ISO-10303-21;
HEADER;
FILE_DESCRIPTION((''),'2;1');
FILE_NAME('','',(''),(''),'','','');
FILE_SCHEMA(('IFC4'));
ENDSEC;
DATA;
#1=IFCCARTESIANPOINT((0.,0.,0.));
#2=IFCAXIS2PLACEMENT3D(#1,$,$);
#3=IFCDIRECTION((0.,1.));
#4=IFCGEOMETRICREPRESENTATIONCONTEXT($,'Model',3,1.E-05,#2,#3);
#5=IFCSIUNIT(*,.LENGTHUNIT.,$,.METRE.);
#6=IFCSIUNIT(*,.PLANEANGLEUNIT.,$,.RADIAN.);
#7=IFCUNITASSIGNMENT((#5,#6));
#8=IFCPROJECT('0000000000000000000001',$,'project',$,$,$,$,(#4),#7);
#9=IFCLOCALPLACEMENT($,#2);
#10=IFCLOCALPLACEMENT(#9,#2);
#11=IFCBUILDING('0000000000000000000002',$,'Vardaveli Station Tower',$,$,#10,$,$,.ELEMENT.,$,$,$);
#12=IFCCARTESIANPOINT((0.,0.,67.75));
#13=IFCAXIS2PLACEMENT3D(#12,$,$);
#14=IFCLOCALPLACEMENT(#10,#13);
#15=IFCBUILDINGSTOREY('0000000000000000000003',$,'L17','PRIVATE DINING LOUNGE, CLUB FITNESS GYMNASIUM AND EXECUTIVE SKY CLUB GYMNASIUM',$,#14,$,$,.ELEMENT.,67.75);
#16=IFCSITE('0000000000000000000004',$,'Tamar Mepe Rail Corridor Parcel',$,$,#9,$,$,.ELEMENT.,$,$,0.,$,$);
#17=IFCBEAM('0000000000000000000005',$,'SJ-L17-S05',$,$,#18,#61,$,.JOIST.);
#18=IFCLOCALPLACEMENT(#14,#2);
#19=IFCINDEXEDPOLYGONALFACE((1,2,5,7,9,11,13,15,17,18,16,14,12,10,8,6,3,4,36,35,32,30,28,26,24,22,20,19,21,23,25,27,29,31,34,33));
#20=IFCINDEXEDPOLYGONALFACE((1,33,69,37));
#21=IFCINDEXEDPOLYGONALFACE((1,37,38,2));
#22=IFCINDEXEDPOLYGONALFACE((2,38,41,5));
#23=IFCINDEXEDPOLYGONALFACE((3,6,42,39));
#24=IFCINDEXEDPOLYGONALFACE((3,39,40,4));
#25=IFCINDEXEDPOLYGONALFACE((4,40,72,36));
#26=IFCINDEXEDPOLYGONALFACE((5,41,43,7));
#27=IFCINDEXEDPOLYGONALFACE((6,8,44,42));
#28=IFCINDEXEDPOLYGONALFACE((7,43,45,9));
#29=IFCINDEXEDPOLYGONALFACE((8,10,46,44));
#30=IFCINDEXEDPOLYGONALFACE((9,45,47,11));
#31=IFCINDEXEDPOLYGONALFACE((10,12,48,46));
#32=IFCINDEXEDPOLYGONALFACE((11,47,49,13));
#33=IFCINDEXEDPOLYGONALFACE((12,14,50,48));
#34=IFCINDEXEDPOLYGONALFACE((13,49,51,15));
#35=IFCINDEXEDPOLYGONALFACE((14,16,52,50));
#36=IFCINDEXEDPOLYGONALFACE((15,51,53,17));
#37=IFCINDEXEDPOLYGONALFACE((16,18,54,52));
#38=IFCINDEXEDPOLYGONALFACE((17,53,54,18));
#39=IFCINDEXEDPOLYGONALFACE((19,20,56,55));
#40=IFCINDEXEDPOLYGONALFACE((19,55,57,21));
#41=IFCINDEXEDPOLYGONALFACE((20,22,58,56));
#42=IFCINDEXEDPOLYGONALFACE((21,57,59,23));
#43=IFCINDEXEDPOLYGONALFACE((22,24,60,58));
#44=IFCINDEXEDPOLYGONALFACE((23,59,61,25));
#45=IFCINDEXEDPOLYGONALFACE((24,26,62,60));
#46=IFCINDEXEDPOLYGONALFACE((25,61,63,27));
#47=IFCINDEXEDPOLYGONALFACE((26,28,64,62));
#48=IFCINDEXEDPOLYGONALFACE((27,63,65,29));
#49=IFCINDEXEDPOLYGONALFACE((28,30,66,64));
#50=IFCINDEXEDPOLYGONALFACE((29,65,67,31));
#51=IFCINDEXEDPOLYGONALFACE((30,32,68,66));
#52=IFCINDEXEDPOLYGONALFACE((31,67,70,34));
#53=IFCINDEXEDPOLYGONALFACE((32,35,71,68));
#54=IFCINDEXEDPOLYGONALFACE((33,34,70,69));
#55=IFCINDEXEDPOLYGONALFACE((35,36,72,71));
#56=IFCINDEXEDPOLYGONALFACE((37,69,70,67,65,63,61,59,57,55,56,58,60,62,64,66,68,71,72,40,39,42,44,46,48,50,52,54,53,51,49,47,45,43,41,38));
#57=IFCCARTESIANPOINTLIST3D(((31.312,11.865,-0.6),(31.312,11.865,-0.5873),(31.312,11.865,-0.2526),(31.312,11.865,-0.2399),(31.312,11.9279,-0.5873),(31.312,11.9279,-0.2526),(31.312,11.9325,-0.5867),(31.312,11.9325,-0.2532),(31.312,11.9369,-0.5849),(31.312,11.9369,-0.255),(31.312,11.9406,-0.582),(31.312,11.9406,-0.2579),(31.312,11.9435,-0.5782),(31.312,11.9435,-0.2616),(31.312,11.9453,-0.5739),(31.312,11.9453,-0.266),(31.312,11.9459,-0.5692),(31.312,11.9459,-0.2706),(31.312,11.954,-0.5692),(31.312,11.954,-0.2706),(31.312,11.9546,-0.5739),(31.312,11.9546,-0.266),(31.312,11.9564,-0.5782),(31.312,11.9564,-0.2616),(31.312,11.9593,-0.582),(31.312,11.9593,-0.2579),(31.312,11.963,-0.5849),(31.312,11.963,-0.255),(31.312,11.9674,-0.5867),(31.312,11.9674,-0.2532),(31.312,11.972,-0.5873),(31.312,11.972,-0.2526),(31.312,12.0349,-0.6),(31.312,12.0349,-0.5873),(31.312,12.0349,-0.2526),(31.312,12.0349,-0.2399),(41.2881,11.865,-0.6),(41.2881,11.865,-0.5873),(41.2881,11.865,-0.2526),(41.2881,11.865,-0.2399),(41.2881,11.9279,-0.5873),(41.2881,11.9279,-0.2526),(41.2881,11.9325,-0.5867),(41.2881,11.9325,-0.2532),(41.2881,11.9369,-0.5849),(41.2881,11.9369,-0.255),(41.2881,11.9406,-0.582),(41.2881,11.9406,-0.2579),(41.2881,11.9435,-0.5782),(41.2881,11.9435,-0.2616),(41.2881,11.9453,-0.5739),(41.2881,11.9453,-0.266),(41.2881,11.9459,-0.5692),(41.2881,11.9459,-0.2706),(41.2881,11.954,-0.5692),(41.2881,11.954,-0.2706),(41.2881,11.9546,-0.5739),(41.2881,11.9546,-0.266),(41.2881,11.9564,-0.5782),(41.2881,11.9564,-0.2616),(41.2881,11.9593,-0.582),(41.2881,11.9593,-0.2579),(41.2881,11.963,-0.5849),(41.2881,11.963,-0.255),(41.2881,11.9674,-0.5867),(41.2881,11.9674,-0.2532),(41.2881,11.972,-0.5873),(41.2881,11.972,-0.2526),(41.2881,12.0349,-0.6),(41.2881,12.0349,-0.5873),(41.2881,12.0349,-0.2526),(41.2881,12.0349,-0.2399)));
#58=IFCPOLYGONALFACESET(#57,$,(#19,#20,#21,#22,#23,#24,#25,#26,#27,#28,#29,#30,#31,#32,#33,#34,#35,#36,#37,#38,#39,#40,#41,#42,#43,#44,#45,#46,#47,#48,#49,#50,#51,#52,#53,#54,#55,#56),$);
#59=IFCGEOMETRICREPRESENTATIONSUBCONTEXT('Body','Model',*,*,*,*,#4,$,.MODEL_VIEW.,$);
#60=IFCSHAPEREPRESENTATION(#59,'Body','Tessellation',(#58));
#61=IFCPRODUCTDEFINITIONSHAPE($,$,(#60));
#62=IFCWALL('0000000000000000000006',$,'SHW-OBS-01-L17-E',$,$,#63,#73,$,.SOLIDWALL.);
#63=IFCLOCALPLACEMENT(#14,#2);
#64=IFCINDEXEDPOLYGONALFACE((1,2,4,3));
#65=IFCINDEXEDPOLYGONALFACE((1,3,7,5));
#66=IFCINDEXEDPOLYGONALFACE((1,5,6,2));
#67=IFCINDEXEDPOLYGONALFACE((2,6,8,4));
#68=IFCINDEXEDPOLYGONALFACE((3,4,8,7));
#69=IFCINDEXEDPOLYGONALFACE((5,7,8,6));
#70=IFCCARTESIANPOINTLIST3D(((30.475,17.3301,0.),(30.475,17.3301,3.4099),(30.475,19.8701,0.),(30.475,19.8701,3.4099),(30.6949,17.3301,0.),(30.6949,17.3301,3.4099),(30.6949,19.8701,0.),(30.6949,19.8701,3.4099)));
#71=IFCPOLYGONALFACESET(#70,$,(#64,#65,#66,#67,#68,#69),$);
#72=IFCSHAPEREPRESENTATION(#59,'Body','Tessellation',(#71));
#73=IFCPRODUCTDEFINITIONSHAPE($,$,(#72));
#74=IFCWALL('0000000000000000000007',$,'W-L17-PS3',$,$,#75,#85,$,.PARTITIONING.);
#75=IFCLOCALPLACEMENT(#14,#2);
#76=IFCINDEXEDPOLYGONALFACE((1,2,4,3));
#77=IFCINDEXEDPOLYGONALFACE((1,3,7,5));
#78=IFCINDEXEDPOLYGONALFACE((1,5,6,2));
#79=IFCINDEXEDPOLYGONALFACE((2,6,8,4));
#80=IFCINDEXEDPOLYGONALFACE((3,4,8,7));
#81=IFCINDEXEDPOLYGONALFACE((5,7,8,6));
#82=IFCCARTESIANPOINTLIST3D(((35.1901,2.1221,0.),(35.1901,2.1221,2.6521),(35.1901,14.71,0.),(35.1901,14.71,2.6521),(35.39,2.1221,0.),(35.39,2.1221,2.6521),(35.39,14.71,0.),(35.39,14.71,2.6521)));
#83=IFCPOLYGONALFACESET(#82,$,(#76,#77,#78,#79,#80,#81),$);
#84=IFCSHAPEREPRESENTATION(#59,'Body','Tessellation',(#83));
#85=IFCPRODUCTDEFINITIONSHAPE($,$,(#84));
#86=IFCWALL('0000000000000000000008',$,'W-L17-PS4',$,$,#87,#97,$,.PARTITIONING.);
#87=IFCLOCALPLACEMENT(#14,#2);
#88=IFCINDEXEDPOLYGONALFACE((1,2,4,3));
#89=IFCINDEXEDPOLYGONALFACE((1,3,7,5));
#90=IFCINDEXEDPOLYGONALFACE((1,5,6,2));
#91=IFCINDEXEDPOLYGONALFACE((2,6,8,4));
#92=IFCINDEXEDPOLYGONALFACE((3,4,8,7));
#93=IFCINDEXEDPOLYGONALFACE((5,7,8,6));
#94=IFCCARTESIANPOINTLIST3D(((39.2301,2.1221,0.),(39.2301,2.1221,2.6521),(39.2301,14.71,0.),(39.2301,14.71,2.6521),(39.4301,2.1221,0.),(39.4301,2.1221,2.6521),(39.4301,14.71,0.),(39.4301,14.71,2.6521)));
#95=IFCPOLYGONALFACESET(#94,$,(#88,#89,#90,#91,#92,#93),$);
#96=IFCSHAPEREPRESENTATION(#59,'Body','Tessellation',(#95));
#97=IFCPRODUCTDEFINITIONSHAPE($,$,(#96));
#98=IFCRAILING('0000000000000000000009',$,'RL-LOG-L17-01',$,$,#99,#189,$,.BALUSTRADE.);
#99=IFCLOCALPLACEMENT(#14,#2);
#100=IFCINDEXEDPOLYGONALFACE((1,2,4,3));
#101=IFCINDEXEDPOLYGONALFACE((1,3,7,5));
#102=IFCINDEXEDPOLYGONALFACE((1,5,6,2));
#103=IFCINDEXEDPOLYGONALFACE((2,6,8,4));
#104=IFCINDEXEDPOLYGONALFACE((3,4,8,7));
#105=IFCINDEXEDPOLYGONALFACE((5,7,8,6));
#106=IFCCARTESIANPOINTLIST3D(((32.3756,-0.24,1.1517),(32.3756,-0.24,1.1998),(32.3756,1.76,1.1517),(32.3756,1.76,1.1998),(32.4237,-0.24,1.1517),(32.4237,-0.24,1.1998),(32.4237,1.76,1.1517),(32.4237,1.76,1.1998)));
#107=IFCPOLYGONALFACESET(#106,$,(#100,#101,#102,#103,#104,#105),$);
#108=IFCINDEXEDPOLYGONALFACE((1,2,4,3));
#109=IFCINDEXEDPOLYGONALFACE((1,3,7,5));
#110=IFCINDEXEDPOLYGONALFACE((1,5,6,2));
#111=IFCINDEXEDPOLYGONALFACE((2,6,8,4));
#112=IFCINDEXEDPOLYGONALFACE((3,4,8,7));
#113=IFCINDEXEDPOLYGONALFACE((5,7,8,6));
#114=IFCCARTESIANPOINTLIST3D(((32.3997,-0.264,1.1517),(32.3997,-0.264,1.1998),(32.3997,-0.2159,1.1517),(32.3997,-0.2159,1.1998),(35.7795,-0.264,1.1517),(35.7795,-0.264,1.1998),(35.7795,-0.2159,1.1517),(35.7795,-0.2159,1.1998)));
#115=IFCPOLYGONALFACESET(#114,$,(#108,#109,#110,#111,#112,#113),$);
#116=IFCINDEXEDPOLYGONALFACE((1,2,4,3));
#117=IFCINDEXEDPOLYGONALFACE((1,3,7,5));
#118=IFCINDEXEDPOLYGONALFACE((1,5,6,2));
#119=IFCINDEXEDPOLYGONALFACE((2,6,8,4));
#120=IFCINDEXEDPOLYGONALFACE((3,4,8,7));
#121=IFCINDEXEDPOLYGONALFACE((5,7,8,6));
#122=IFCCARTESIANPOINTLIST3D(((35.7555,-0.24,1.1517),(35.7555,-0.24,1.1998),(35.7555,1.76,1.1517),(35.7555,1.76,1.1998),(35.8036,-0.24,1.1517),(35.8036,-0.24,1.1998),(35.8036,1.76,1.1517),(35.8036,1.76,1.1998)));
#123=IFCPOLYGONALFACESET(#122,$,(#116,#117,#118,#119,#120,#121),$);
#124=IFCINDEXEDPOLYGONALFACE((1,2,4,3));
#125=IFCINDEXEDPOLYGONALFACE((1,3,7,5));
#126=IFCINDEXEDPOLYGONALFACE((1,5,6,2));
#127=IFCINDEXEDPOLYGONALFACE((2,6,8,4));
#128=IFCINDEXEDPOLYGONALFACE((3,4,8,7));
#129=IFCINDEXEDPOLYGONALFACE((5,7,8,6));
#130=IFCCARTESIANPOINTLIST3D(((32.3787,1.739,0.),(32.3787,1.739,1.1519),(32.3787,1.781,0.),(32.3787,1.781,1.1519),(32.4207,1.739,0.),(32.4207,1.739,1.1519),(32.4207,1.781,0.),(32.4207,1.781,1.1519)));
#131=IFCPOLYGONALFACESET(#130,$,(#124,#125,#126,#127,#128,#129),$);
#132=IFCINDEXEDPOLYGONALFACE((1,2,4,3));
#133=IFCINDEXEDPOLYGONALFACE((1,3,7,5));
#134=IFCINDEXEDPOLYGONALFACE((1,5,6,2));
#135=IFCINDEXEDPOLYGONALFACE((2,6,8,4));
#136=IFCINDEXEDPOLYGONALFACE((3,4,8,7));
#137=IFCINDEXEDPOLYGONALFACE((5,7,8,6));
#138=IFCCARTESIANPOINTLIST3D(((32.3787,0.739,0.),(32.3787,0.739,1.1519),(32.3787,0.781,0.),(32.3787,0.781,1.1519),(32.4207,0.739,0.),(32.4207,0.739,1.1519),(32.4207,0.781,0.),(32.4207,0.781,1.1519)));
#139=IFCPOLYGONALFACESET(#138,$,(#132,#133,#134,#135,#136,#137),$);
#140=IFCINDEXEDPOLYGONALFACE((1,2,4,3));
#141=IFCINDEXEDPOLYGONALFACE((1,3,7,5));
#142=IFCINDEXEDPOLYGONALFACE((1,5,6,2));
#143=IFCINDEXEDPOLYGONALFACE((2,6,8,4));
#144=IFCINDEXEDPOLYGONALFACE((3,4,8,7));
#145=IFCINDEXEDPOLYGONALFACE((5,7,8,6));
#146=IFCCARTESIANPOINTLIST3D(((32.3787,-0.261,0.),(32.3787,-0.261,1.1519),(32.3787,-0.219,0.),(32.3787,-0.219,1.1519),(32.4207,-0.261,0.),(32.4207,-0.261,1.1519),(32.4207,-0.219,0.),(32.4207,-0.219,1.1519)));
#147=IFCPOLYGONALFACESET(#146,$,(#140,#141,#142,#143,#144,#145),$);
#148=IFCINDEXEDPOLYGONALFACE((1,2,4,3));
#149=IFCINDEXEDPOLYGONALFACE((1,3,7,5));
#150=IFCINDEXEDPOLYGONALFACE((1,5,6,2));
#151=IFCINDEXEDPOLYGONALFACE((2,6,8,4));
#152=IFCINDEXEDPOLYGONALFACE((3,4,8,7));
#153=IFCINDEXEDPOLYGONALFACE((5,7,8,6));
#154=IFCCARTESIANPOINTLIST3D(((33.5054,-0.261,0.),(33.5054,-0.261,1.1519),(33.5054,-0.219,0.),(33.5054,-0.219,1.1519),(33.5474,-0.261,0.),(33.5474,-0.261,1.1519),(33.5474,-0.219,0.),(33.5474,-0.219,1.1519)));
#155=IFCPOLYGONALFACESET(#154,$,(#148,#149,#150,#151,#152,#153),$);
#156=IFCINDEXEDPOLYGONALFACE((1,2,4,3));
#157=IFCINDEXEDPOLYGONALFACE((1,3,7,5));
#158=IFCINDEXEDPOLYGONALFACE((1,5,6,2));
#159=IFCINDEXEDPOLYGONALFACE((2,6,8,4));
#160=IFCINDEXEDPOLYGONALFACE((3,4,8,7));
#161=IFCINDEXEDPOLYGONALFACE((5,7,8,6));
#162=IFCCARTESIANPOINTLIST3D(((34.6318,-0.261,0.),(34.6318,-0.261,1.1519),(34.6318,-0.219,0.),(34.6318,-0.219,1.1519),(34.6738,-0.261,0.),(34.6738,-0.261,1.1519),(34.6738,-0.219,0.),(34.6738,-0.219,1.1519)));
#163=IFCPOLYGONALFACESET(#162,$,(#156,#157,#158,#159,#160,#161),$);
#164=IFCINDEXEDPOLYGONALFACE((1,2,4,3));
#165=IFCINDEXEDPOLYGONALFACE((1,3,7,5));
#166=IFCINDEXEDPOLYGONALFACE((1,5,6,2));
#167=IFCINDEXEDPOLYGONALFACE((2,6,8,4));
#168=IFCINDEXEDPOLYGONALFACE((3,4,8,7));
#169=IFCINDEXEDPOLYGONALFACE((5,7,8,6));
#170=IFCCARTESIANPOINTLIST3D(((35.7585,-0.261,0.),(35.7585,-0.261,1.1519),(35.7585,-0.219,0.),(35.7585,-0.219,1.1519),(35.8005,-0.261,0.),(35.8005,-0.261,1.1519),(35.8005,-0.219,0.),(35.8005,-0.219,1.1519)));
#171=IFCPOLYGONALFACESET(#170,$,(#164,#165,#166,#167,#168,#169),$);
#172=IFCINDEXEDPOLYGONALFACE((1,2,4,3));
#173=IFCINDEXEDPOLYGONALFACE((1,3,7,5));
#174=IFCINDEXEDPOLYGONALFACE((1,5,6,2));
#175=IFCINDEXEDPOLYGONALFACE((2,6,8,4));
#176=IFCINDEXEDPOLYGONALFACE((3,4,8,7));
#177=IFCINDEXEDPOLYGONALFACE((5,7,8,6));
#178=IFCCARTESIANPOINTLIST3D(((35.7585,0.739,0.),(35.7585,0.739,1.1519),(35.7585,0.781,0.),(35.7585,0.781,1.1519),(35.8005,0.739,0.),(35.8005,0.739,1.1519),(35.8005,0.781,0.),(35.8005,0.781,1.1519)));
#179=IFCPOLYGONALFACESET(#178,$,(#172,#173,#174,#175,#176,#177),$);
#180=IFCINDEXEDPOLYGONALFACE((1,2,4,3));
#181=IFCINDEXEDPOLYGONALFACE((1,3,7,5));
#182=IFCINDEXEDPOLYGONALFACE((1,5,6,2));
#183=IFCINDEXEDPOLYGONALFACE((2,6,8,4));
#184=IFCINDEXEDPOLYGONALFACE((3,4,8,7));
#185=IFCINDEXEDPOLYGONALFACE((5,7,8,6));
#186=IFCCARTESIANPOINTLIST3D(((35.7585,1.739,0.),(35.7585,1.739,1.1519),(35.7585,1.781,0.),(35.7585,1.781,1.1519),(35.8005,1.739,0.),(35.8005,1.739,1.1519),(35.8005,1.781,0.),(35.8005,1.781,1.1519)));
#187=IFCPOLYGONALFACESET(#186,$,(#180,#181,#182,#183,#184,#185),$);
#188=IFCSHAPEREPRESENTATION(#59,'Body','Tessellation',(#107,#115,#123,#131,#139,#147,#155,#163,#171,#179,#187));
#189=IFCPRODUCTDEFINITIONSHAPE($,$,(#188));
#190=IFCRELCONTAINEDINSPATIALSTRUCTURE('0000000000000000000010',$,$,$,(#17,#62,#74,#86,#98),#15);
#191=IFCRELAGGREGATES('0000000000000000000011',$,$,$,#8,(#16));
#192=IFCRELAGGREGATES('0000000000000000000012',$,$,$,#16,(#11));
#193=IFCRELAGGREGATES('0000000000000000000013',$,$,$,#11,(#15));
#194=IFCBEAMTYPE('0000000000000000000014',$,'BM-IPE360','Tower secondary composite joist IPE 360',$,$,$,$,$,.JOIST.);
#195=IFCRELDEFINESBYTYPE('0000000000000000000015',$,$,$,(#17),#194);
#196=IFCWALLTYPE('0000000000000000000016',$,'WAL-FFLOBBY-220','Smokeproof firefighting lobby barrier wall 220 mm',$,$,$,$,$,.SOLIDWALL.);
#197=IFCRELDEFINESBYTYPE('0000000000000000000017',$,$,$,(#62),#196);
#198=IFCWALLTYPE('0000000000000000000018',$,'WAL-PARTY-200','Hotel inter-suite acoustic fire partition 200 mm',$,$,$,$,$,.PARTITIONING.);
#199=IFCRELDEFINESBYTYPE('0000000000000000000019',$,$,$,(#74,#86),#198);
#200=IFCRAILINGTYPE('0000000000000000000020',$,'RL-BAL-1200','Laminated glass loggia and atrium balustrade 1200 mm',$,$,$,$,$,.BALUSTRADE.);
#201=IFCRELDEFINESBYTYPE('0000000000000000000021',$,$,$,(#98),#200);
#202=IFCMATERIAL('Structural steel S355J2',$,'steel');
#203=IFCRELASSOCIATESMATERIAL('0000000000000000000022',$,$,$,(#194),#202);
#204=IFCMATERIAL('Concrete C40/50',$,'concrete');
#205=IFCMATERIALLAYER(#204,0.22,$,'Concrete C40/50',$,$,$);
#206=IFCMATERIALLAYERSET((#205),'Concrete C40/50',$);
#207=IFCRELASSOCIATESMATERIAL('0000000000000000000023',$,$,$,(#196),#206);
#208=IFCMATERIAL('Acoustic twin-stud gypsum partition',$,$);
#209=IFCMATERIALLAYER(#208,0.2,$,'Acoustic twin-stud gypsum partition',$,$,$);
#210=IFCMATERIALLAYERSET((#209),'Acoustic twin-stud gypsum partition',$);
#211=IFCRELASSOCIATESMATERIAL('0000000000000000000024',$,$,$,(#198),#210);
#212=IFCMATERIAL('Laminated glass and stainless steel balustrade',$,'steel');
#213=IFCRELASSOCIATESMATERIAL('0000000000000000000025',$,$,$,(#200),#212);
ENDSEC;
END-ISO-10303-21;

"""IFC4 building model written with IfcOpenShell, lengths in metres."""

from ifc_helpers import new_model, si_unit, direction, frame, frame_2d, origin, origin_2d, place, context, subcontext, project, spatial, rectangle, i_section, extrude, source, transform, mapped, material, layer, layer_set, material_profile, profile_set, type_object, element, save


model = new_model("IFC4")

# Units and contexts
model_context = context("Model", 3, precision=1e-05, world=origin(), true_north=direction((0.0, 1.0)))
body_context = subcontext(model_context, "Body", "Model", "MODEL_VIEW")
ifc_project = project(units=[si_unit("LENGTHUNIT", "METRE"), si_unit("PLANEANGLEUNIT", "RADIAN")], contexts=[model_context])

# Site, building, storey
site_placement = place(None, origin())
site = spatial("IfcSite", under=ifc_project, at=site_placement, Name="Tamar Mepe Rail Corridor Parcel", CompositionType="ELEMENT", RefElevation=0.0)
building_placement = place(site_placement, origin())
building = spatial("IfcBuilding", under=site, at=building_placement, Name="Vardaveli Station Tower", CompositionType="ELEMENT")
storey_placement = place(building_placement, frame((0.0, 0.0, 67.75)))
storey = spatial("IfcBuildingStorey", under=building, at=storey_placement, Name="L17", Description="PRIVATE DINING LOUNGE, CLUB FITNESS GYMNASIUM AND EXECUTIVE SKY CLUB GYMNASIUM", CompositionType="ELEMENT", Elevation=67.75)

# Beam
ifc_material_1 = material(Name="Structural steel S355J2", Category="steel")
ifc_material_profile_1 = material_profile(ifc_material_1, i_section(OverallWidth=0.1699, OverallDepth=0.3601, WebThickness=0.0081, FlangeThickness=0.0127, FilletRadius=0.0181, at=origin_2d()), Name="IPE 360")
ifc_profile_set_1 = profile_set([ifc_material_profile_1], Name="Structural steel S355J2")
beam_type_1 = type_object("IfcBeamType", Name="BM-IPE360", Description="Tower secondary composite joist IPE 360", PredefinedType="JOIST", material=ifc_profile_set_1)
shared_shape_1 = source(origin(), body_context, "Body", "SweptSolid", [
    extrude(i_section(OverallWidth=0.1699, OverallDepth=0.3601, WebThickness=0.0081, FlangeThickness=0.0127, FilletRadius=0.0181, at=origin_2d()), origin(), (0.0, 0.0, 1.0), 9.9761),
])
for number, where, z_axis, x_axis, name in (
    (1, (31.312, 11.95, -0.4199), (1.0, 0.0, 0.0), (0.0, 1.0, 0.0), "SJ-L17-S05"),
):
    element("IfcBeam", number, at=place(storey_placement, frame(where, z_axis=z_axis, x_axis=x_axis)), inside=storey, type_object=beam_type_1, Name=name, PredefinedType="JOIST", context=body_context, shape_type="MappedRepresentation", body=[
        mapped(shared_shape_1, transform((0.0, 0.0, 0.0), scale=1.0)),
    ])

# Walls
ifc_material_2 = material(Name="Concrete C40/50", Category="concrete")
ifc_layer_1 = layer(ifc_material_2, 0.22, Name="Concrete C40/50")
ifc_layer_set_1 = layer_set([ifc_layer_1], Name="Concrete C40/50")
wall_type_1 = type_object("IfcWallType", Name="WAL-FFLOBBY-220", Description="Smokeproof firefighting lobby barrier wall 220 mm", PredefinedType="SOLIDWALL", material=ifc_layer_set_1)
shared_shape_2 = source(origin(), body_context, "Body", "SweptSolid", [
    extrude(rectangle(XDim=2.54, YDim=0.22, at=frame_2d((1.27, 0.0))), origin(), (0.0, 0.0, 1.0), 3.4099),
])
wall_placement = place(storey_placement, frame((30.585, 17.3301, 0.0), z_axis=(0.0, 0.0, 1.0), x_axis=(0.0, 1.0, 0.0)))
element("IfcWall", 2, at=wall_placement, inside=storey, type_object=wall_type_1, Name="SHW-OBS-01-L17-E", PredefinedType="SOLIDWALL", context=body_context, shape_type="MappedRepresentation", body=[
    mapped(shared_shape_2, transform((0.0, 0.0, 0.0), scale=1.0)),
])
ifc_material_3 = material(Name="Acoustic twin-stud gypsum partition")
ifc_layer_2 = layer(ifc_material_3, 0.2, Name="Acoustic twin-stud gypsum partition")
ifc_layer_set_2 = layer_set([ifc_layer_2], Name="Acoustic twin-stud gypsum partition")
wall_type_2 = type_object("IfcWallType", Name="WAL-PARTY-200", Description="Hotel inter-suite acoustic fire partition 200 mm", PredefinedType="PARTITIONING", material=ifc_layer_set_2)
shared_shape_3 = source(origin(), body_context, "Body", "SweptSolid", [
    extrude(rectangle(XDim=12.5879, YDim=0.2, at=frame_2d((6.2939, 0.0))), origin(), (0.0, 0.0, 1.0), 2.6521),
])
for number, where, z_axis, x_axis, name in (
    (3, (35.29, 2.1221, 0.0), (0.0, 0.0, 1.0), (0.0, 1.0, 0.0), "W-L17-PS3"),
    (4, (39.3301, 2.1221, 0.0), (0.0, 0.0, 1.0), (0.0, 1.0, 0.0), "W-L17-PS4"),
):
    element("IfcWall", number, at=place(storey_placement, frame(where, z_axis=z_axis, x_axis=x_axis)), inside=storey, type_object=wall_type_2, Name=name, PredefinedType="PARTITIONING", context=body_context, shape_type="MappedRepresentation", body=[
        mapped(shared_shape_3, transform((0.0, 0.0, 0.0), scale=1.0)),
    ])

# Railing
ifc_material_4 = material(Name="Laminated glass and stainless steel balustrade", Category="steel")
railing_type = type_object("IfcRailingType", Name="RL-BAL-1200", Description="Laminated glass loggia and atrium balustrade 1200 mm", PredefinedType="BALUSTRADE", material=ifc_material_4)
shared_shape_4 = source(origin(), body_context, "Body", "SweptSolid", [
    extrude(rectangle(XDim=0.0481, YDim=0.0481, at=origin_2d()), frame((0.0, 0.0, 1.1758), z_axis=(0.0, -1.0, 0.0), x_axis=(1.0, 0.0, 0.0)), (0.0, 0.0, 1.0), 2.0),
    extrude(rectangle(XDim=0.0481, YDim=0.0481, at=origin_2d()), frame((0.0, -2.0, 1.1758), z_axis=(1.0, 0.0, 0.0), x_axis=(0.0, 1.0, 0.0)), (0.0, 0.0, 1.0), 3.3799),
    extrude(rectangle(XDim=0.0481, YDim=0.0481, at=origin_2d()), frame((3.3799, -2.0, 1.1758), z_axis=(0.0, 1.0, 0.0), x_axis=(-1.0, 0.0, 0.0)), (0.0, 0.0, 1.0), 2.0),
    extrude(rectangle(XDim=0.042, YDim=0.042, at=origin_2d()), origin(), (0.0, 0.0, 1.0), 1.1519),
    extrude(rectangle(XDim=0.042, YDim=0.042, at=origin_2d()), frame((0.0, -1.0, 0.0)), (0.0, 0.0, 1.0), 1.1519),
    extrude(rectangle(XDim=0.042, YDim=0.042, at=origin_2d()), frame((0.0, -2.0, 0.0)), (0.0, 0.0, 1.0), 1.1519),
    extrude(rectangle(XDim=0.042, YDim=0.042, at=origin_2d()), frame((1.1267, -2.0, 0.0)), (0.0, 0.0, 1.0), 1.1519),
    extrude(rectangle(XDim=0.042, YDim=0.042, at=origin_2d()), frame((2.2532, -2.0, 0.0)), (0.0, 0.0, 1.0), 1.1519),
    extrude(rectangle(XDim=0.042, YDim=0.042, at=origin_2d()), frame((3.3799, -2.0, 0.0)), (0.0, 0.0, 1.0), 1.1519),
    extrude(rectangle(XDim=0.042, YDim=0.042, at=origin_2d()), frame((3.3799, -1.0, 0.0)), (0.0, 0.0, 1.0), 1.1519),
    extrude(rectangle(XDim=0.042, YDim=0.042, at=origin_2d()), frame((3.3799, 0.0, 0.0)), (0.0, 0.0, 1.0), 1.1519),
])
railing_1_placement = place(storey_placement, frame((32.3997, 1.76, 0.0)))
element("IfcRailing", 5, at=railing_1_placement, inside=storey, type_object=railing_type, Name="RL-LOG-L17-01", PredefinedType="BALUSTRADE", context=body_context, shape_type="MappedRepresentation", body=[
    mapped(shared_shape_4, transform((0.0, 0.0, 0.0), scale=1.0)),
])

save(model, "model.ifc")
